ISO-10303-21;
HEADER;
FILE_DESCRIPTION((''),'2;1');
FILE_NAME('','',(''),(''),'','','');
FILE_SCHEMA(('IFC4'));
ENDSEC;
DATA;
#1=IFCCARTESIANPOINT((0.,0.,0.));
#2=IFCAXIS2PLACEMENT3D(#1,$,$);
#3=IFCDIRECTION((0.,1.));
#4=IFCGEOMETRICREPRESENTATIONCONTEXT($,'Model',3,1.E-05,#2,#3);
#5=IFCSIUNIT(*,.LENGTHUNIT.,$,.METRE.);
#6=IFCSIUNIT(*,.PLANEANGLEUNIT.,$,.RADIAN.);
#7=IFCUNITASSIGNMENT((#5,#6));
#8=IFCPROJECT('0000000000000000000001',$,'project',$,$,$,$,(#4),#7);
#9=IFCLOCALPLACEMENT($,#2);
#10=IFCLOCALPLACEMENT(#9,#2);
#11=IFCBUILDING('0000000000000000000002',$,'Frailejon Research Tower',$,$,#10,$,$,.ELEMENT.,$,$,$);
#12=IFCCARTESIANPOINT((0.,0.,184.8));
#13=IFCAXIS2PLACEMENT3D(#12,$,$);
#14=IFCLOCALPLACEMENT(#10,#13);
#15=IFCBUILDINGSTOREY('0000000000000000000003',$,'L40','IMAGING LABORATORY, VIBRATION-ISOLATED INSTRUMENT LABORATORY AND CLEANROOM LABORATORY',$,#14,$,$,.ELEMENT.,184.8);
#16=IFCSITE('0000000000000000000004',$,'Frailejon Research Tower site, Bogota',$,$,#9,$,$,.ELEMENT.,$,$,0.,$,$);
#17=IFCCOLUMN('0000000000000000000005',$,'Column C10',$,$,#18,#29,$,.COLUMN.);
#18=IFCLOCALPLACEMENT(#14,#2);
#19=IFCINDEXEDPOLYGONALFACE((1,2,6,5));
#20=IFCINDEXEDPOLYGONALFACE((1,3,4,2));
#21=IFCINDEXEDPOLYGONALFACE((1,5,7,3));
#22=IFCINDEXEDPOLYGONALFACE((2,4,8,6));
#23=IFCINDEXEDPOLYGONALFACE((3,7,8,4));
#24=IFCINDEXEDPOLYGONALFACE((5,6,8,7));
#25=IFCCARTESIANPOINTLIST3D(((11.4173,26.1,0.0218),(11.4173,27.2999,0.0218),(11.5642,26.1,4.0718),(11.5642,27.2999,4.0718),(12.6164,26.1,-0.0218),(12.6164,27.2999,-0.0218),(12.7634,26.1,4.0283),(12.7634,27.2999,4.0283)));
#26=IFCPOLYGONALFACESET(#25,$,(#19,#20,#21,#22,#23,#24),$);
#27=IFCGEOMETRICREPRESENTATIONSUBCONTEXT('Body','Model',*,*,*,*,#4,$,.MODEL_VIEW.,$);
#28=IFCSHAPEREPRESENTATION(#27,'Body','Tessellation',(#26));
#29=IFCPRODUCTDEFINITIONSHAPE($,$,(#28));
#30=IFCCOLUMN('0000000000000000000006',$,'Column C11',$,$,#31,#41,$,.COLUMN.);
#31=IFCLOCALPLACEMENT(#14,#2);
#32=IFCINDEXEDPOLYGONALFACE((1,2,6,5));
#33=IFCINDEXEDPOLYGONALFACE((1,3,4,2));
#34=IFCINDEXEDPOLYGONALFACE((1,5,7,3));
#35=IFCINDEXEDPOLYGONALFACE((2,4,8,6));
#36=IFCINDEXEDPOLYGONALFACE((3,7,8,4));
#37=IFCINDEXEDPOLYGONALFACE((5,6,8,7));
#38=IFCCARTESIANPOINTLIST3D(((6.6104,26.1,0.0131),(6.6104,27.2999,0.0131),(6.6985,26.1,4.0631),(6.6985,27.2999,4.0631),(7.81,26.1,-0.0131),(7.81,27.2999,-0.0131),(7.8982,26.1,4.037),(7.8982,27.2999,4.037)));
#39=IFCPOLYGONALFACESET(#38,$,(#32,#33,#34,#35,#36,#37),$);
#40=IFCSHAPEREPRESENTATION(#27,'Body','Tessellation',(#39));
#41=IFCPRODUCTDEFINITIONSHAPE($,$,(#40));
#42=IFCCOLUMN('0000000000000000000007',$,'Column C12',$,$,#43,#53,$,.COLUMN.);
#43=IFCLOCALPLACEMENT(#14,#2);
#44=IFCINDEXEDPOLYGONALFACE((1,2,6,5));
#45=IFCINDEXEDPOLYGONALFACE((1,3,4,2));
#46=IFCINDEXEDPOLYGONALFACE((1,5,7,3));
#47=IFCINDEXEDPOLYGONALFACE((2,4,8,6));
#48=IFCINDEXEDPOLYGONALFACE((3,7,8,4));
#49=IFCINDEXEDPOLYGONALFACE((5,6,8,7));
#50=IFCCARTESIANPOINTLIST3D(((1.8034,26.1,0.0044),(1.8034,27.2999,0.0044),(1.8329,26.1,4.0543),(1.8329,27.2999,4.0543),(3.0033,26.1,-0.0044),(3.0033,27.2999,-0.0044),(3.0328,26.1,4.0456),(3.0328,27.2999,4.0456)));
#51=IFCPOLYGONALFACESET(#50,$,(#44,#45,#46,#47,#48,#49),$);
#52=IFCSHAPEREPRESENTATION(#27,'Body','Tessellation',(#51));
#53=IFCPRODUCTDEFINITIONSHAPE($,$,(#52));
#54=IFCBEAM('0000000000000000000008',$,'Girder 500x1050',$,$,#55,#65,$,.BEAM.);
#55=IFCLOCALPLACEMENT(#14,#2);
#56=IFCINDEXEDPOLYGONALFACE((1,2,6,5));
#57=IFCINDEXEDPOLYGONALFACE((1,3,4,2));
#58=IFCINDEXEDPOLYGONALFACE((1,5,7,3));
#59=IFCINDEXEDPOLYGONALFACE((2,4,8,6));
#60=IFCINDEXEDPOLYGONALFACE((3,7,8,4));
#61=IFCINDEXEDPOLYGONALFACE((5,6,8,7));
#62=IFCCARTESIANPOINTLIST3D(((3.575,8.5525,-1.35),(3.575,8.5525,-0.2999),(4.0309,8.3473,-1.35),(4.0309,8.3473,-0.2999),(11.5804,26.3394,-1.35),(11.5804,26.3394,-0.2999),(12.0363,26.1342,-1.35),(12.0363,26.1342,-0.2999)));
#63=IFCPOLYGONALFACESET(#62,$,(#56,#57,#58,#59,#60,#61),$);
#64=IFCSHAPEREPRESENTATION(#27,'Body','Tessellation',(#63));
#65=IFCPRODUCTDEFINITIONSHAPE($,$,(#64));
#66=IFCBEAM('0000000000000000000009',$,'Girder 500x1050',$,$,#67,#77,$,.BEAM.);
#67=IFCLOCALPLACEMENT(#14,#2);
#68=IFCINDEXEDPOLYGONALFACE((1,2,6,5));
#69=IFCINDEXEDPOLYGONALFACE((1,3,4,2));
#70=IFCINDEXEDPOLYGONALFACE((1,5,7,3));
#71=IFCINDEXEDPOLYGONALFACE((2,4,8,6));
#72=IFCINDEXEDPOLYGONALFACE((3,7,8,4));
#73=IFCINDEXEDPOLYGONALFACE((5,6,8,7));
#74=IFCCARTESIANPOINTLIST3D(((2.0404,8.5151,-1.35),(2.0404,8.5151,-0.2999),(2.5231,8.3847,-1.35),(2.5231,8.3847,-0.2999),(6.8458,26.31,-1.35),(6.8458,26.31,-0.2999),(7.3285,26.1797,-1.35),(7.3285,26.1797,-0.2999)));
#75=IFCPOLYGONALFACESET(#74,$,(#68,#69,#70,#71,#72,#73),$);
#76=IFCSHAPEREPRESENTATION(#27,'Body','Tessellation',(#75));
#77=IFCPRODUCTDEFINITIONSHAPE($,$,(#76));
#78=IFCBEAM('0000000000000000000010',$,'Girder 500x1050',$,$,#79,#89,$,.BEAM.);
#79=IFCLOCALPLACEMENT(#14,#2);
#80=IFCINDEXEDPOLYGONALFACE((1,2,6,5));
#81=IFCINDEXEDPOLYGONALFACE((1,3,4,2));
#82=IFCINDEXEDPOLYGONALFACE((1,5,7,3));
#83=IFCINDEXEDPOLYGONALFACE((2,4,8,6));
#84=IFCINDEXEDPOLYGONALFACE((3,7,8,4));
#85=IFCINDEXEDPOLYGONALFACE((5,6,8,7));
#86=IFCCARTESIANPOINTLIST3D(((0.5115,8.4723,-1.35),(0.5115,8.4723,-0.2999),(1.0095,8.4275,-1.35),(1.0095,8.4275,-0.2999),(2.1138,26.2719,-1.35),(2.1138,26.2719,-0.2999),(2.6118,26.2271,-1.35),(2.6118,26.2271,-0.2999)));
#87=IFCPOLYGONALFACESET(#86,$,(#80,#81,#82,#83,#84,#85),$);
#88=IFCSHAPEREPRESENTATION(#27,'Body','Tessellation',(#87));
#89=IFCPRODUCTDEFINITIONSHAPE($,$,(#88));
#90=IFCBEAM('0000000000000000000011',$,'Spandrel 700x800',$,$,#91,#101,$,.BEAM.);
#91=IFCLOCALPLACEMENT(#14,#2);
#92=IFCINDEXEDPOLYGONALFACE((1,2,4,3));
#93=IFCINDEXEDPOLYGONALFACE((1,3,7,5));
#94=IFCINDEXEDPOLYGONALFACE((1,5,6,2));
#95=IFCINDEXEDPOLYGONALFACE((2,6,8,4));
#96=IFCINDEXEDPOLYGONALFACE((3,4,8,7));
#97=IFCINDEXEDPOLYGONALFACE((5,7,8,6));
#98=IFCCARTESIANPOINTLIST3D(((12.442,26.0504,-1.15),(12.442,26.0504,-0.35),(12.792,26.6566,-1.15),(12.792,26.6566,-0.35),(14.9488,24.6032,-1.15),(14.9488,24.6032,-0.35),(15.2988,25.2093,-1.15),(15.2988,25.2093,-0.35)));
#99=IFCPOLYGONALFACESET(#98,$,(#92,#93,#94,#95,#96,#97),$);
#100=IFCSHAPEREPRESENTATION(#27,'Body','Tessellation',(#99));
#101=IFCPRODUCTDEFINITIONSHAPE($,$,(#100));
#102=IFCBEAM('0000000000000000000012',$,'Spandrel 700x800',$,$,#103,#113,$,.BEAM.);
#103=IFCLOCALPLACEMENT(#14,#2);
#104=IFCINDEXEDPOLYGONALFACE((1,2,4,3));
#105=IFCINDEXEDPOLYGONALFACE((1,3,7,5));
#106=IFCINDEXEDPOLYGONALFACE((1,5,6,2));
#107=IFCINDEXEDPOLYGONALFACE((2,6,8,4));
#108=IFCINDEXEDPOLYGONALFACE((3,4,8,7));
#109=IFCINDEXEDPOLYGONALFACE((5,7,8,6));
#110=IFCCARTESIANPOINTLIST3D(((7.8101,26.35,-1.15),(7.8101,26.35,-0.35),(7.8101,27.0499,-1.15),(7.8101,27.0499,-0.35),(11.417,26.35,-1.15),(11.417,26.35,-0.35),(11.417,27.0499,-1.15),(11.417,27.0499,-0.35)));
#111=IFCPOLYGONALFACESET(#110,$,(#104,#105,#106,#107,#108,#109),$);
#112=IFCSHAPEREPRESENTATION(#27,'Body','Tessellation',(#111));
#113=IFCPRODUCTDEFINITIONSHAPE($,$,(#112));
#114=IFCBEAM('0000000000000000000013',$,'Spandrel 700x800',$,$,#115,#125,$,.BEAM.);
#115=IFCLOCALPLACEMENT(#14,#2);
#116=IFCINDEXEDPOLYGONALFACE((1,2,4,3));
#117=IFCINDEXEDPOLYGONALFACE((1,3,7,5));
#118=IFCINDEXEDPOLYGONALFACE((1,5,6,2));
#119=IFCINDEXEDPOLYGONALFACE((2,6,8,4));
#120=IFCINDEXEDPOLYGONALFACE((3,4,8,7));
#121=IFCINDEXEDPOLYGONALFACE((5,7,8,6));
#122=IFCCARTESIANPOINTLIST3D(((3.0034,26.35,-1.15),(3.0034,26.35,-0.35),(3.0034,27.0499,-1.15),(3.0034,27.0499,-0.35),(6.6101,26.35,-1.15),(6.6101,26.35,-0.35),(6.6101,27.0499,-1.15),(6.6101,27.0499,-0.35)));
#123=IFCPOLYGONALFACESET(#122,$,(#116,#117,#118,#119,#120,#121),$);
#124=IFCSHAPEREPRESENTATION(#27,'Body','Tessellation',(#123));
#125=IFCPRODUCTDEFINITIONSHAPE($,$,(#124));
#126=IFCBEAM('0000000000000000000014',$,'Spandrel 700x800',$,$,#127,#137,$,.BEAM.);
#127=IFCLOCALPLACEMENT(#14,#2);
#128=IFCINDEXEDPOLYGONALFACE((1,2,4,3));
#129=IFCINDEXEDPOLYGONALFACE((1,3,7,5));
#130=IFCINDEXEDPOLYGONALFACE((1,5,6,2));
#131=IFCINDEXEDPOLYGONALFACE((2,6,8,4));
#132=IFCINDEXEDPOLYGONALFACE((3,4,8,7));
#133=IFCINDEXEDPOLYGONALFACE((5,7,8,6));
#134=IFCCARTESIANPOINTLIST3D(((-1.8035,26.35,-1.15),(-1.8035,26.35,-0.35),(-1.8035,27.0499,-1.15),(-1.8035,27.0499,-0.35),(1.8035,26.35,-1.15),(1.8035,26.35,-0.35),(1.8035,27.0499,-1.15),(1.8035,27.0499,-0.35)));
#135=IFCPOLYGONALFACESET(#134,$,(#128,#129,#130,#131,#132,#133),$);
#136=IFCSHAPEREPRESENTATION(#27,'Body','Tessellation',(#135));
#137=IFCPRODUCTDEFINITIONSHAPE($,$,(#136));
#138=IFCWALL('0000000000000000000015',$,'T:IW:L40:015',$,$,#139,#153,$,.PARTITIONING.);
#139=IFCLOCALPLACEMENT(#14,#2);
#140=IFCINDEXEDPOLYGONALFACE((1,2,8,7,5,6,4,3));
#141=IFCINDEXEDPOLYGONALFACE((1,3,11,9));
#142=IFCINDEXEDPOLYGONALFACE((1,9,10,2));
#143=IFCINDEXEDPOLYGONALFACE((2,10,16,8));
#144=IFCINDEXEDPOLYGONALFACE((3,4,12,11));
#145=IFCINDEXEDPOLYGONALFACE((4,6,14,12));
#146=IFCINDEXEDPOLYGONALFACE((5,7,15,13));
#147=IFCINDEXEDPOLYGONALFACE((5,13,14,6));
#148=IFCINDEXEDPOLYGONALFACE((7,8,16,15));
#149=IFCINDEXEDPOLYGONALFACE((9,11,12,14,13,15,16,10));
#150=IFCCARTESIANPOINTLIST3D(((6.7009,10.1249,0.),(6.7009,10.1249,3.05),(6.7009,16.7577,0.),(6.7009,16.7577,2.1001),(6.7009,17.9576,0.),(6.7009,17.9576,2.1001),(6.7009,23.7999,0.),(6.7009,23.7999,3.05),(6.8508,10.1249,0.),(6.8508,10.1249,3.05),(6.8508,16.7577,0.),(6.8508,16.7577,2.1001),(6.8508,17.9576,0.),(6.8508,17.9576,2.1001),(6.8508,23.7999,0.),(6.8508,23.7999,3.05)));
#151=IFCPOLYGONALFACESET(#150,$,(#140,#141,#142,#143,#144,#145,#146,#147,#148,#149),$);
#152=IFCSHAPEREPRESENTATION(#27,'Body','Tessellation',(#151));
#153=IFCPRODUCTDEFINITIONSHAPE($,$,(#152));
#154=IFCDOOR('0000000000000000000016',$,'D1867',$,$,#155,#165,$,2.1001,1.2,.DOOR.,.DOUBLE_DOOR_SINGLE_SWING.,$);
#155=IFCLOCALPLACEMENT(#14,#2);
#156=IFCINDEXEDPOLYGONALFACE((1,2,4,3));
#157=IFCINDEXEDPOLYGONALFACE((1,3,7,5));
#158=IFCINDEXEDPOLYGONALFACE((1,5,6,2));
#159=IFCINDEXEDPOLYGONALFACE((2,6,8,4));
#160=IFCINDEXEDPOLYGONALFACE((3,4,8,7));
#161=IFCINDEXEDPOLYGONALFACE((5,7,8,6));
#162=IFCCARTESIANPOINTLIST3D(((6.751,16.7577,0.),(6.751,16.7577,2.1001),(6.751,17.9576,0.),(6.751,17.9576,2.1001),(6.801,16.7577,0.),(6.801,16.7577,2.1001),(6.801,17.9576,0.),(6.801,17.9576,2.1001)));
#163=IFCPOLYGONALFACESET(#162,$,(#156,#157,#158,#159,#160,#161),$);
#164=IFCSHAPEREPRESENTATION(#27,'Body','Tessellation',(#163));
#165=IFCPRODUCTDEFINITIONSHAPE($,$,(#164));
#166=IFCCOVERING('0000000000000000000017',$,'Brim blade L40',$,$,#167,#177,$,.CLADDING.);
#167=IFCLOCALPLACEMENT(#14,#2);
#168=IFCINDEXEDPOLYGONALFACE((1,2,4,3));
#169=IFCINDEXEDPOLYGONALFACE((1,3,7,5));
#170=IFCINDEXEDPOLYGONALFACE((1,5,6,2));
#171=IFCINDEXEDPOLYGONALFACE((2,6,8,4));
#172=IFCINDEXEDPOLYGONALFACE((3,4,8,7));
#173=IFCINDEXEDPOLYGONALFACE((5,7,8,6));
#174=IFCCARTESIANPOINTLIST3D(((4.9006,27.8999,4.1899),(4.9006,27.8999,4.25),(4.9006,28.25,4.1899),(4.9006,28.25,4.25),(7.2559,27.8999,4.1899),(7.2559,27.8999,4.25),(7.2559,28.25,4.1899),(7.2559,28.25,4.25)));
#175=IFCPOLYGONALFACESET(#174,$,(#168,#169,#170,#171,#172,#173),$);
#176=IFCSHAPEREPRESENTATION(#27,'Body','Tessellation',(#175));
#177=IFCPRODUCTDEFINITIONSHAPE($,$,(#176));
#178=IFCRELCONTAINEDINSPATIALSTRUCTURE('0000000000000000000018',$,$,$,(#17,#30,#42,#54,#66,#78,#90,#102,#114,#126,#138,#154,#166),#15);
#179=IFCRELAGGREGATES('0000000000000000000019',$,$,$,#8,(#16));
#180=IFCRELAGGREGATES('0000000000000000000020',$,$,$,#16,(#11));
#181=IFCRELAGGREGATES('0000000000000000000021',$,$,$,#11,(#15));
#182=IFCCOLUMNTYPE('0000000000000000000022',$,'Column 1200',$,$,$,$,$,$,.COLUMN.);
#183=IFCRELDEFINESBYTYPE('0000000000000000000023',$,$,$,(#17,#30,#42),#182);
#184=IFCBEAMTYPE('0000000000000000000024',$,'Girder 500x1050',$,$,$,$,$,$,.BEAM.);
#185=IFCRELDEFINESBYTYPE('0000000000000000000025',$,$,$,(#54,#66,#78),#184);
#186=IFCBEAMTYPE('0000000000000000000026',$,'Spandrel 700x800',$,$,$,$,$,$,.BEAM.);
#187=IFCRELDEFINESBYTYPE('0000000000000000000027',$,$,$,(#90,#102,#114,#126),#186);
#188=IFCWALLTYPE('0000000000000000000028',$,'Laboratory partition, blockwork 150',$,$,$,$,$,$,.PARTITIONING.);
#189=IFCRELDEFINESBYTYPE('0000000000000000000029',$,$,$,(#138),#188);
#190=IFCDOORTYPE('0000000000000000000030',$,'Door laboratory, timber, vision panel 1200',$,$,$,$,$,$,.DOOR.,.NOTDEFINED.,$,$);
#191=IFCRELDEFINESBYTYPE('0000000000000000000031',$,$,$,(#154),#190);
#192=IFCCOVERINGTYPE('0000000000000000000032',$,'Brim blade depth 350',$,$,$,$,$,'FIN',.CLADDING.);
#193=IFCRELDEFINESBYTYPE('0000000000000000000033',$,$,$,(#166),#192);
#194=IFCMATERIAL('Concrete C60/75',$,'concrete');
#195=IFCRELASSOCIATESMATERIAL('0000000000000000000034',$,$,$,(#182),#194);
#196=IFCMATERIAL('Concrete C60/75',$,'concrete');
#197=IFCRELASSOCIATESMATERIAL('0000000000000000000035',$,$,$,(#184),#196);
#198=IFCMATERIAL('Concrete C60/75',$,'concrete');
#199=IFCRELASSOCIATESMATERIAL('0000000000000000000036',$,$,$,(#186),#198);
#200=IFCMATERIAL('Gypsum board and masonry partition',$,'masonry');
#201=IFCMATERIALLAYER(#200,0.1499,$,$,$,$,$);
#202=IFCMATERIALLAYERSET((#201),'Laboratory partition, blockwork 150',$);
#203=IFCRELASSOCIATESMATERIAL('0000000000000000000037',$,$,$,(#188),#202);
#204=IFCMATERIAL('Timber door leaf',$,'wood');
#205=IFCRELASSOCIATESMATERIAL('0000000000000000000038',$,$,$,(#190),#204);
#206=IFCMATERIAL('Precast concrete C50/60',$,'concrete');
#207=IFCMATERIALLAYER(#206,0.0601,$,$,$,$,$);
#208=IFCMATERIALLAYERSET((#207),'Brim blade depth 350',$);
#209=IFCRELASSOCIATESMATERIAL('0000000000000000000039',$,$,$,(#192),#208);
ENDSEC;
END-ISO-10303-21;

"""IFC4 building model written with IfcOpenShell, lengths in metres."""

from ifc_helpers import new_model, si_unit, direction, frame, frame_2d, origin, origin_2d, place, context, subcontext, project, spatial, polyline, rectangle, outline, extrude, material, layer, layer_set, material_profile, profile_set, type_object, element, fill, save


model = new_model("IFC4")

# Units and contexts
model_context = context("Model", 3, precision=1e-05, world=origin(), true_north=direction((0.0, 1.0)))
body_context = subcontext(model_context, "Body", "Model", "MODEL_VIEW")
ifc_project = project(units=[si_unit("LENGTHUNIT", "METRE"), si_unit("PLANEANGLEUNIT", "RADIAN")], contexts=[model_context])

# Site, building, storey
site_placement = place(None, origin())
site = spatial("IfcSite", under=ifc_project, at=site_placement, Name="Frailejon Research Tower site, Bogota", CompositionType="ELEMENT", RefElevation=0.0)
building_placement = place(site_placement, origin())
building = spatial("IfcBuilding", under=site, at=building_placement, Name="Frailejon Research Tower", CompositionType="ELEMENT")
storey_placement = place(building_placement, frame((0.0, 0.0, 184.8)))
storey = spatial("IfcBuildingStorey", under=building, at=storey_placement, Name="L40", Description="IMAGING LABORATORY, VIBRATION-ISOLATED INSTRUMENT LABORATORY AND CLEANROOM LABORATORY", CompositionType="ELEMENT", Elevation=184.8)

# Columns
ifc_material_1 = material(Name="Concrete C60/75", Category="concrete")
ifc_material_profile_1 = material_profile(ifc_material_1, rectangle(XDim=1.2, YDim=1.2, at=origin_2d()), Name="Column 1200")
ifc_profile_set_1 = profile_set([ifc_material_profile_1], Name="Concrete C60/75")
column_type = type_object("IfcColumnType", Name="Column 1200", PredefinedType="COLUMN", material=ifc_profile_set_1)
column_1_placement = place(storey_placement, frame((12.0168, 26.7, 0.0), z_axis=(0.036265, 0.0, 0.999342), x_axis=(-0.999342, 0.0, 0.036265)))
element("IfcColumn", 1, at=column_1_placement, inside=storey, type_object=column_type, Name="Column C10", PredefinedType="COLUMN", context=body_context, shape_type="SweptSolid", body=[
    extrude(rectangle(XDim=1.2, YDim=1.2, at=origin_2d()), origin(), (0.0, 0.0, 1.0), 4.0527),
])
column_2_placement = place(storey_placement, frame((7.2102, 26.7, 0.0), z_axis=(0.021756, 0.0, 0.999763), x_axis=(-0.999763, 0.0, 0.021756)))
element("IfcColumn", 2, at=column_2_placement, inside=storey, type_object=column_type, Name="Column C11", PredefinedType="COLUMN", context=body_context, shape_type="SweptSolid", body=[
    extrude(rectangle(XDim=1.2, YDim=1.2, at=origin_2d()), origin(), (0.0, 0.0, 1.0), 4.051),
])
column_3_placement = place(storey_placement, frame((2.4033, 26.7, 0.0), z_axis=(0.007294, 0.0, 0.999973), x_axis=(-0.999973, 0.0, 0.007294)))
element("IfcColumn", 3, at=column_3_placement, inside=storey, type_object=column_type, Name="Column C12", PredefinedType="COLUMN", context=body_context, shape_type="SweptSolid", body=[
    extrude(rectangle(XDim=1.2, YDim=1.2, at=origin_2d()), origin(), (0.0, 0.0, 1.0), 4.05),
])

# Beams
ifc_material_2 = material(Name="Concrete C60/75", Category="concrete")
ifc_material_profile_2 = material_profile(ifc_material_2, rectangle(XDim=0.5, YDim=1.05, at=origin_2d()), Name="Girder 500x1050")
ifc_profile_set_2 = profile_set([ifc_material_profile_2], Name="Concrete C60/75")
beam_type_1 = type_object("IfcBeamType", Name="Girder 500x1050", PredefinedType="BEAM", material=ifc_profile_set_2)
beam_1_placement = place(storey_placement, frame((11.8083, 26.2368, -0.825), z_axis=(-0.410419, -0.911897, 0.0), x_axis=(0.911897, -0.410419, 0.0)))
element("IfcBeam", 4, at=beam_1_placement, inside=storey, type_object=beam_type_1, Name="Girder 500x1050", PredefinedType="BEAM", context=body_context, shape_type="SweptSolid", body=[
    extrude(rectangle(XDim=0.5, YDim=1.05, at=origin_2d()), origin(), (0.0, 0.0, 1.0), 19.5054),
])
beam_2_placement = place(storey_placement, frame((7.0872, 26.2449, -0.825), z_axis=(-0.260706, -0.965418, 0.0), x_axis=(0.965418, -0.260706, 0.0)))
element("IfcBeam", 5, at=beam_2_placement, inside=storey, type_object=beam_type_1, Name="Girder 500x1050", PredefinedType="BEAM", context=body_context, shape_type="SweptSolid", body=[
    extrude(rectangle(XDim=0.5, YDim=1.05, at=origin_2d()), origin(), (0.0, 0.0, 1.0), 18.4324),
])
beam_3_placement = place(storey_placement, frame((2.3628, 26.2495, -0.825), z_axis=(-0.089656, -0.995973, 0.0), x_axis=(0.995973, -0.089656, 0.0)))
element("IfcBeam", 6, at=beam_3_placement, inside=storey, type_object=beam_type_1, Name="Girder 500x1050", PredefinedType="BEAM", context=body_context, shape_type="SweptSolid", body=[
    extrude(rectangle(XDim=0.5, YDim=1.05, at=origin_2d()), origin(), (0.0, 0.0, 1.0), 17.8716),
])
ifc_material_3 = material(Name="Concrete C60/75", Category="concrete")
ifc_material_profile_3 = material_profile(ifc_material_3, rectangle(XDim=0.7, YDim=0.8, at=origin_2d()), Name="Spandrel 700x800")
ifc_profile_set_3 = profile_set([ifc_material_profile_3], Name="Concrete C60/75")
beam_type_2 = type_object("IfcBeamType", Name="Spandrel 700x800", PredefinedType="BEAM", material=ifc_profile_set_3)
beam_4_placement = place(storey_placement, frame((15.1238, 24.9062, -0.75), z_axis=(-0.866034, 0.499985, 0.0), x_axis=(-0.499985, -0.866034, 0.0)))
element("IfcBeam", 7, at=beam_4_placement, inside=storey, type_object=beam_type_2, Name="Spandrel 700x800", PredefinedType="BEAM", context=body_context, shape_type="SweptSolid", body=[
    extrude(rectangle(XDim=0.7, YDim=0.8, at=origin_2d()), origin(), (0.0, 0.0, 1.0), 2.8945),
])
beam_5_placement = place(storey_placement, frame((11.417, 26.7, -0.75), z_axis=(-1.0, 0.0, 0.0), x_axis=(0.0, -1.0, 0.0)))
element("IfcBeam", 8, at=beam_5_placement, inside=storey, type_object=beam_type_2, Name="Spandrel 700x800", PredefinedType="BEAM", context=body_context, shape_type="SweptSolid", body=[
    extrude(rectangle(XDim=0.7, YDim=0.8, at=origin_2d()), origin(), (0.0, 0.0, 1.0), 3.6069),
])
beam_6_placement = place(storey_placement, frame((6.6101, 26.7, -0.75), z_axis=(-1.0, 0.0, 0.0), x_axis=(0.0, -1.0, 0.0)))
element("IfcBeam", 9, at=beam_6_placement, inside=storey, type_object=beam_type_2, Name="Spandrel 700x800", PredefinedType="BEAM", context=body_context, shape_type="SweptSolid", body=[
    extrude(rectangle(XDim=0.7, YDim=0.8, at=origin_2d()), origin(), (0.0, 0.0, 1.0), 3.6067),
])
beam_7_placement = place(storey_placement, frame((1.8035, 26.7, -0.75), z_axis=(-1.0, 0.0, 0.0), x_axis=(0.0, -1.0, 0.0)))
element("IfcBeam", 10, at=beam_7_placement, inside=storey, type_object=beam_type_2, Name="Spandrel 700x800", PredefinedType="BEAM", context=body_context, shape_type="SweptSolid", body=[
    extrude(rectangle(XDim=0.7, YDim=0.8, at=origin_2d()), origin(), (0.0, 0.0, 1.0), 3.6069),
])

# Wall, opening, door
ifc_material_4 = material(Name="Gypsum board and masonry partition", Category="masonry")
ifc_layer_1 = layer(ifc_material_4, 0.1499)
ifc_layer_set_1 = layer_set([ifc_layer_1], Name="Laboratory partition, blockwork 150")
wall_type_1 = type_object("IfcWallType", Name="Laboratory partition, blockwork 150", PredefinedType="PARTITIONING", material=ifc_layer_set_1)
wall_1_placement = place(storey_placement, frame((6.7759, 10.125, 0.0), z_axis=(0.0, 0.0, 1.0), x_axis=(0.0, 1.0, 0.0)))
wall_1 = element("IfcWall", 11, at=wall_1_placement, inside=storey, type_object=wall_type_1, Name="T:IW:L40:015", PredefinedType="PARTITIONING", context=body_context, shape_type="SweptSolid", body=[
    extrude(rectangle(XDim=13.675, YDim=0.1499, at=frame_2d((6.8374, 0.0))), origin(), (0.0, 0.0, 1.0), 3.05),
])
opening_1_placement = place(wall_1_placement, frame((6.6326, 0.0, 0.0)))
opening_1 = element("IfcOpeningElement", 12, at=opening_1_placement, cuts=wall_1, PredefinedType="OPENING", context=body_context, shape_type="SweptSolid", body=[
    extrude(rectangle(XDim=1.2, YDim=2.1001, at=frame_2d((0.6001, 1.05))), frame((0.0, 0.085, 0.0), z_axis=(0.0, -1.0, 0.0), x_axis=(1.0, 0.0, 0.0)), (0.0, 0.0, 1.0), 0.1699),
])
ifc_material_5 = material(Name="Timber door leaf", Category="wood")
door_type_1 = type_object("IfcDoorType", Name="Door laboratory, timber, vision panel 1200", OperationType="NOTDEFINED", PredefinedType="DOOR", material=ifc_material_5)
door_1_placement = place(opening_1_placement, origin())
door_1 = element("IfcDoor", 13, at=door_1_placement, inside=storey, type_object=door_type_1, Name="D1867", OperationType="DOUBLE_DOOR_SINGLE_SWING", OverallHeight=2.1001, OverallWidth=1.2, PredefinedType="DOOR", context=body_context, shape_type="SweptSolid", body=[
    extrude(rectangle(XDim=1.2, YDim=2.1001, at=frame_2d((0.6001, 1.05))), frame((0.0, 0.0249, 0.0), z_axis=(0.0, -1.0, 0.0), x_axis=(1.0, 0.0, 0.0)), (0.0, 0.0, 1.0), 0.05),
])
fill(opening_1, door_1)

# Covering
ifc_material_6 = material(Name="Precast concrete C50/60", Category="concrete")
ifc_layer_2 = layer(ifc_material_6, 0.0601)
ifc_layer_set_2 = layer_set([ifc_layer_2], Name="Brim blade depth 350")
covering_type_1 = type_object("IfcCoveringType", Name="Brim blade depth 350", ElementType="FIN", PredefinedType="CLADDING", material=ifc_layer_set_2)
for number, where, z_axis, x_axis, name in (
    (14, (4.9006, 27.8999, 4.25), (1.0, 0.0, 0.0), (0.0, 1.0, 0.0), "Brim blade L40"),
):
    element("IfcCovering", number, at=place(storey_placement, frame(where, z_axis=z_axis, x_axis=x_axis)), inside=storey, type_object=covering_type_1, Name=name, PredefinedType="CLADDING", context=body_context, shape_type="SweptSolid", body=[
        extrude(outline(polyline([(0.0, -0.0601), (0.3501, -0.0601), (0.3501, 0.0), (0.0, 0.0), (0.0, -0.0601)])), origin(), (0.0, 0.0, 1.0), 2.3552),
    ])

save(model, "model.ifc")
